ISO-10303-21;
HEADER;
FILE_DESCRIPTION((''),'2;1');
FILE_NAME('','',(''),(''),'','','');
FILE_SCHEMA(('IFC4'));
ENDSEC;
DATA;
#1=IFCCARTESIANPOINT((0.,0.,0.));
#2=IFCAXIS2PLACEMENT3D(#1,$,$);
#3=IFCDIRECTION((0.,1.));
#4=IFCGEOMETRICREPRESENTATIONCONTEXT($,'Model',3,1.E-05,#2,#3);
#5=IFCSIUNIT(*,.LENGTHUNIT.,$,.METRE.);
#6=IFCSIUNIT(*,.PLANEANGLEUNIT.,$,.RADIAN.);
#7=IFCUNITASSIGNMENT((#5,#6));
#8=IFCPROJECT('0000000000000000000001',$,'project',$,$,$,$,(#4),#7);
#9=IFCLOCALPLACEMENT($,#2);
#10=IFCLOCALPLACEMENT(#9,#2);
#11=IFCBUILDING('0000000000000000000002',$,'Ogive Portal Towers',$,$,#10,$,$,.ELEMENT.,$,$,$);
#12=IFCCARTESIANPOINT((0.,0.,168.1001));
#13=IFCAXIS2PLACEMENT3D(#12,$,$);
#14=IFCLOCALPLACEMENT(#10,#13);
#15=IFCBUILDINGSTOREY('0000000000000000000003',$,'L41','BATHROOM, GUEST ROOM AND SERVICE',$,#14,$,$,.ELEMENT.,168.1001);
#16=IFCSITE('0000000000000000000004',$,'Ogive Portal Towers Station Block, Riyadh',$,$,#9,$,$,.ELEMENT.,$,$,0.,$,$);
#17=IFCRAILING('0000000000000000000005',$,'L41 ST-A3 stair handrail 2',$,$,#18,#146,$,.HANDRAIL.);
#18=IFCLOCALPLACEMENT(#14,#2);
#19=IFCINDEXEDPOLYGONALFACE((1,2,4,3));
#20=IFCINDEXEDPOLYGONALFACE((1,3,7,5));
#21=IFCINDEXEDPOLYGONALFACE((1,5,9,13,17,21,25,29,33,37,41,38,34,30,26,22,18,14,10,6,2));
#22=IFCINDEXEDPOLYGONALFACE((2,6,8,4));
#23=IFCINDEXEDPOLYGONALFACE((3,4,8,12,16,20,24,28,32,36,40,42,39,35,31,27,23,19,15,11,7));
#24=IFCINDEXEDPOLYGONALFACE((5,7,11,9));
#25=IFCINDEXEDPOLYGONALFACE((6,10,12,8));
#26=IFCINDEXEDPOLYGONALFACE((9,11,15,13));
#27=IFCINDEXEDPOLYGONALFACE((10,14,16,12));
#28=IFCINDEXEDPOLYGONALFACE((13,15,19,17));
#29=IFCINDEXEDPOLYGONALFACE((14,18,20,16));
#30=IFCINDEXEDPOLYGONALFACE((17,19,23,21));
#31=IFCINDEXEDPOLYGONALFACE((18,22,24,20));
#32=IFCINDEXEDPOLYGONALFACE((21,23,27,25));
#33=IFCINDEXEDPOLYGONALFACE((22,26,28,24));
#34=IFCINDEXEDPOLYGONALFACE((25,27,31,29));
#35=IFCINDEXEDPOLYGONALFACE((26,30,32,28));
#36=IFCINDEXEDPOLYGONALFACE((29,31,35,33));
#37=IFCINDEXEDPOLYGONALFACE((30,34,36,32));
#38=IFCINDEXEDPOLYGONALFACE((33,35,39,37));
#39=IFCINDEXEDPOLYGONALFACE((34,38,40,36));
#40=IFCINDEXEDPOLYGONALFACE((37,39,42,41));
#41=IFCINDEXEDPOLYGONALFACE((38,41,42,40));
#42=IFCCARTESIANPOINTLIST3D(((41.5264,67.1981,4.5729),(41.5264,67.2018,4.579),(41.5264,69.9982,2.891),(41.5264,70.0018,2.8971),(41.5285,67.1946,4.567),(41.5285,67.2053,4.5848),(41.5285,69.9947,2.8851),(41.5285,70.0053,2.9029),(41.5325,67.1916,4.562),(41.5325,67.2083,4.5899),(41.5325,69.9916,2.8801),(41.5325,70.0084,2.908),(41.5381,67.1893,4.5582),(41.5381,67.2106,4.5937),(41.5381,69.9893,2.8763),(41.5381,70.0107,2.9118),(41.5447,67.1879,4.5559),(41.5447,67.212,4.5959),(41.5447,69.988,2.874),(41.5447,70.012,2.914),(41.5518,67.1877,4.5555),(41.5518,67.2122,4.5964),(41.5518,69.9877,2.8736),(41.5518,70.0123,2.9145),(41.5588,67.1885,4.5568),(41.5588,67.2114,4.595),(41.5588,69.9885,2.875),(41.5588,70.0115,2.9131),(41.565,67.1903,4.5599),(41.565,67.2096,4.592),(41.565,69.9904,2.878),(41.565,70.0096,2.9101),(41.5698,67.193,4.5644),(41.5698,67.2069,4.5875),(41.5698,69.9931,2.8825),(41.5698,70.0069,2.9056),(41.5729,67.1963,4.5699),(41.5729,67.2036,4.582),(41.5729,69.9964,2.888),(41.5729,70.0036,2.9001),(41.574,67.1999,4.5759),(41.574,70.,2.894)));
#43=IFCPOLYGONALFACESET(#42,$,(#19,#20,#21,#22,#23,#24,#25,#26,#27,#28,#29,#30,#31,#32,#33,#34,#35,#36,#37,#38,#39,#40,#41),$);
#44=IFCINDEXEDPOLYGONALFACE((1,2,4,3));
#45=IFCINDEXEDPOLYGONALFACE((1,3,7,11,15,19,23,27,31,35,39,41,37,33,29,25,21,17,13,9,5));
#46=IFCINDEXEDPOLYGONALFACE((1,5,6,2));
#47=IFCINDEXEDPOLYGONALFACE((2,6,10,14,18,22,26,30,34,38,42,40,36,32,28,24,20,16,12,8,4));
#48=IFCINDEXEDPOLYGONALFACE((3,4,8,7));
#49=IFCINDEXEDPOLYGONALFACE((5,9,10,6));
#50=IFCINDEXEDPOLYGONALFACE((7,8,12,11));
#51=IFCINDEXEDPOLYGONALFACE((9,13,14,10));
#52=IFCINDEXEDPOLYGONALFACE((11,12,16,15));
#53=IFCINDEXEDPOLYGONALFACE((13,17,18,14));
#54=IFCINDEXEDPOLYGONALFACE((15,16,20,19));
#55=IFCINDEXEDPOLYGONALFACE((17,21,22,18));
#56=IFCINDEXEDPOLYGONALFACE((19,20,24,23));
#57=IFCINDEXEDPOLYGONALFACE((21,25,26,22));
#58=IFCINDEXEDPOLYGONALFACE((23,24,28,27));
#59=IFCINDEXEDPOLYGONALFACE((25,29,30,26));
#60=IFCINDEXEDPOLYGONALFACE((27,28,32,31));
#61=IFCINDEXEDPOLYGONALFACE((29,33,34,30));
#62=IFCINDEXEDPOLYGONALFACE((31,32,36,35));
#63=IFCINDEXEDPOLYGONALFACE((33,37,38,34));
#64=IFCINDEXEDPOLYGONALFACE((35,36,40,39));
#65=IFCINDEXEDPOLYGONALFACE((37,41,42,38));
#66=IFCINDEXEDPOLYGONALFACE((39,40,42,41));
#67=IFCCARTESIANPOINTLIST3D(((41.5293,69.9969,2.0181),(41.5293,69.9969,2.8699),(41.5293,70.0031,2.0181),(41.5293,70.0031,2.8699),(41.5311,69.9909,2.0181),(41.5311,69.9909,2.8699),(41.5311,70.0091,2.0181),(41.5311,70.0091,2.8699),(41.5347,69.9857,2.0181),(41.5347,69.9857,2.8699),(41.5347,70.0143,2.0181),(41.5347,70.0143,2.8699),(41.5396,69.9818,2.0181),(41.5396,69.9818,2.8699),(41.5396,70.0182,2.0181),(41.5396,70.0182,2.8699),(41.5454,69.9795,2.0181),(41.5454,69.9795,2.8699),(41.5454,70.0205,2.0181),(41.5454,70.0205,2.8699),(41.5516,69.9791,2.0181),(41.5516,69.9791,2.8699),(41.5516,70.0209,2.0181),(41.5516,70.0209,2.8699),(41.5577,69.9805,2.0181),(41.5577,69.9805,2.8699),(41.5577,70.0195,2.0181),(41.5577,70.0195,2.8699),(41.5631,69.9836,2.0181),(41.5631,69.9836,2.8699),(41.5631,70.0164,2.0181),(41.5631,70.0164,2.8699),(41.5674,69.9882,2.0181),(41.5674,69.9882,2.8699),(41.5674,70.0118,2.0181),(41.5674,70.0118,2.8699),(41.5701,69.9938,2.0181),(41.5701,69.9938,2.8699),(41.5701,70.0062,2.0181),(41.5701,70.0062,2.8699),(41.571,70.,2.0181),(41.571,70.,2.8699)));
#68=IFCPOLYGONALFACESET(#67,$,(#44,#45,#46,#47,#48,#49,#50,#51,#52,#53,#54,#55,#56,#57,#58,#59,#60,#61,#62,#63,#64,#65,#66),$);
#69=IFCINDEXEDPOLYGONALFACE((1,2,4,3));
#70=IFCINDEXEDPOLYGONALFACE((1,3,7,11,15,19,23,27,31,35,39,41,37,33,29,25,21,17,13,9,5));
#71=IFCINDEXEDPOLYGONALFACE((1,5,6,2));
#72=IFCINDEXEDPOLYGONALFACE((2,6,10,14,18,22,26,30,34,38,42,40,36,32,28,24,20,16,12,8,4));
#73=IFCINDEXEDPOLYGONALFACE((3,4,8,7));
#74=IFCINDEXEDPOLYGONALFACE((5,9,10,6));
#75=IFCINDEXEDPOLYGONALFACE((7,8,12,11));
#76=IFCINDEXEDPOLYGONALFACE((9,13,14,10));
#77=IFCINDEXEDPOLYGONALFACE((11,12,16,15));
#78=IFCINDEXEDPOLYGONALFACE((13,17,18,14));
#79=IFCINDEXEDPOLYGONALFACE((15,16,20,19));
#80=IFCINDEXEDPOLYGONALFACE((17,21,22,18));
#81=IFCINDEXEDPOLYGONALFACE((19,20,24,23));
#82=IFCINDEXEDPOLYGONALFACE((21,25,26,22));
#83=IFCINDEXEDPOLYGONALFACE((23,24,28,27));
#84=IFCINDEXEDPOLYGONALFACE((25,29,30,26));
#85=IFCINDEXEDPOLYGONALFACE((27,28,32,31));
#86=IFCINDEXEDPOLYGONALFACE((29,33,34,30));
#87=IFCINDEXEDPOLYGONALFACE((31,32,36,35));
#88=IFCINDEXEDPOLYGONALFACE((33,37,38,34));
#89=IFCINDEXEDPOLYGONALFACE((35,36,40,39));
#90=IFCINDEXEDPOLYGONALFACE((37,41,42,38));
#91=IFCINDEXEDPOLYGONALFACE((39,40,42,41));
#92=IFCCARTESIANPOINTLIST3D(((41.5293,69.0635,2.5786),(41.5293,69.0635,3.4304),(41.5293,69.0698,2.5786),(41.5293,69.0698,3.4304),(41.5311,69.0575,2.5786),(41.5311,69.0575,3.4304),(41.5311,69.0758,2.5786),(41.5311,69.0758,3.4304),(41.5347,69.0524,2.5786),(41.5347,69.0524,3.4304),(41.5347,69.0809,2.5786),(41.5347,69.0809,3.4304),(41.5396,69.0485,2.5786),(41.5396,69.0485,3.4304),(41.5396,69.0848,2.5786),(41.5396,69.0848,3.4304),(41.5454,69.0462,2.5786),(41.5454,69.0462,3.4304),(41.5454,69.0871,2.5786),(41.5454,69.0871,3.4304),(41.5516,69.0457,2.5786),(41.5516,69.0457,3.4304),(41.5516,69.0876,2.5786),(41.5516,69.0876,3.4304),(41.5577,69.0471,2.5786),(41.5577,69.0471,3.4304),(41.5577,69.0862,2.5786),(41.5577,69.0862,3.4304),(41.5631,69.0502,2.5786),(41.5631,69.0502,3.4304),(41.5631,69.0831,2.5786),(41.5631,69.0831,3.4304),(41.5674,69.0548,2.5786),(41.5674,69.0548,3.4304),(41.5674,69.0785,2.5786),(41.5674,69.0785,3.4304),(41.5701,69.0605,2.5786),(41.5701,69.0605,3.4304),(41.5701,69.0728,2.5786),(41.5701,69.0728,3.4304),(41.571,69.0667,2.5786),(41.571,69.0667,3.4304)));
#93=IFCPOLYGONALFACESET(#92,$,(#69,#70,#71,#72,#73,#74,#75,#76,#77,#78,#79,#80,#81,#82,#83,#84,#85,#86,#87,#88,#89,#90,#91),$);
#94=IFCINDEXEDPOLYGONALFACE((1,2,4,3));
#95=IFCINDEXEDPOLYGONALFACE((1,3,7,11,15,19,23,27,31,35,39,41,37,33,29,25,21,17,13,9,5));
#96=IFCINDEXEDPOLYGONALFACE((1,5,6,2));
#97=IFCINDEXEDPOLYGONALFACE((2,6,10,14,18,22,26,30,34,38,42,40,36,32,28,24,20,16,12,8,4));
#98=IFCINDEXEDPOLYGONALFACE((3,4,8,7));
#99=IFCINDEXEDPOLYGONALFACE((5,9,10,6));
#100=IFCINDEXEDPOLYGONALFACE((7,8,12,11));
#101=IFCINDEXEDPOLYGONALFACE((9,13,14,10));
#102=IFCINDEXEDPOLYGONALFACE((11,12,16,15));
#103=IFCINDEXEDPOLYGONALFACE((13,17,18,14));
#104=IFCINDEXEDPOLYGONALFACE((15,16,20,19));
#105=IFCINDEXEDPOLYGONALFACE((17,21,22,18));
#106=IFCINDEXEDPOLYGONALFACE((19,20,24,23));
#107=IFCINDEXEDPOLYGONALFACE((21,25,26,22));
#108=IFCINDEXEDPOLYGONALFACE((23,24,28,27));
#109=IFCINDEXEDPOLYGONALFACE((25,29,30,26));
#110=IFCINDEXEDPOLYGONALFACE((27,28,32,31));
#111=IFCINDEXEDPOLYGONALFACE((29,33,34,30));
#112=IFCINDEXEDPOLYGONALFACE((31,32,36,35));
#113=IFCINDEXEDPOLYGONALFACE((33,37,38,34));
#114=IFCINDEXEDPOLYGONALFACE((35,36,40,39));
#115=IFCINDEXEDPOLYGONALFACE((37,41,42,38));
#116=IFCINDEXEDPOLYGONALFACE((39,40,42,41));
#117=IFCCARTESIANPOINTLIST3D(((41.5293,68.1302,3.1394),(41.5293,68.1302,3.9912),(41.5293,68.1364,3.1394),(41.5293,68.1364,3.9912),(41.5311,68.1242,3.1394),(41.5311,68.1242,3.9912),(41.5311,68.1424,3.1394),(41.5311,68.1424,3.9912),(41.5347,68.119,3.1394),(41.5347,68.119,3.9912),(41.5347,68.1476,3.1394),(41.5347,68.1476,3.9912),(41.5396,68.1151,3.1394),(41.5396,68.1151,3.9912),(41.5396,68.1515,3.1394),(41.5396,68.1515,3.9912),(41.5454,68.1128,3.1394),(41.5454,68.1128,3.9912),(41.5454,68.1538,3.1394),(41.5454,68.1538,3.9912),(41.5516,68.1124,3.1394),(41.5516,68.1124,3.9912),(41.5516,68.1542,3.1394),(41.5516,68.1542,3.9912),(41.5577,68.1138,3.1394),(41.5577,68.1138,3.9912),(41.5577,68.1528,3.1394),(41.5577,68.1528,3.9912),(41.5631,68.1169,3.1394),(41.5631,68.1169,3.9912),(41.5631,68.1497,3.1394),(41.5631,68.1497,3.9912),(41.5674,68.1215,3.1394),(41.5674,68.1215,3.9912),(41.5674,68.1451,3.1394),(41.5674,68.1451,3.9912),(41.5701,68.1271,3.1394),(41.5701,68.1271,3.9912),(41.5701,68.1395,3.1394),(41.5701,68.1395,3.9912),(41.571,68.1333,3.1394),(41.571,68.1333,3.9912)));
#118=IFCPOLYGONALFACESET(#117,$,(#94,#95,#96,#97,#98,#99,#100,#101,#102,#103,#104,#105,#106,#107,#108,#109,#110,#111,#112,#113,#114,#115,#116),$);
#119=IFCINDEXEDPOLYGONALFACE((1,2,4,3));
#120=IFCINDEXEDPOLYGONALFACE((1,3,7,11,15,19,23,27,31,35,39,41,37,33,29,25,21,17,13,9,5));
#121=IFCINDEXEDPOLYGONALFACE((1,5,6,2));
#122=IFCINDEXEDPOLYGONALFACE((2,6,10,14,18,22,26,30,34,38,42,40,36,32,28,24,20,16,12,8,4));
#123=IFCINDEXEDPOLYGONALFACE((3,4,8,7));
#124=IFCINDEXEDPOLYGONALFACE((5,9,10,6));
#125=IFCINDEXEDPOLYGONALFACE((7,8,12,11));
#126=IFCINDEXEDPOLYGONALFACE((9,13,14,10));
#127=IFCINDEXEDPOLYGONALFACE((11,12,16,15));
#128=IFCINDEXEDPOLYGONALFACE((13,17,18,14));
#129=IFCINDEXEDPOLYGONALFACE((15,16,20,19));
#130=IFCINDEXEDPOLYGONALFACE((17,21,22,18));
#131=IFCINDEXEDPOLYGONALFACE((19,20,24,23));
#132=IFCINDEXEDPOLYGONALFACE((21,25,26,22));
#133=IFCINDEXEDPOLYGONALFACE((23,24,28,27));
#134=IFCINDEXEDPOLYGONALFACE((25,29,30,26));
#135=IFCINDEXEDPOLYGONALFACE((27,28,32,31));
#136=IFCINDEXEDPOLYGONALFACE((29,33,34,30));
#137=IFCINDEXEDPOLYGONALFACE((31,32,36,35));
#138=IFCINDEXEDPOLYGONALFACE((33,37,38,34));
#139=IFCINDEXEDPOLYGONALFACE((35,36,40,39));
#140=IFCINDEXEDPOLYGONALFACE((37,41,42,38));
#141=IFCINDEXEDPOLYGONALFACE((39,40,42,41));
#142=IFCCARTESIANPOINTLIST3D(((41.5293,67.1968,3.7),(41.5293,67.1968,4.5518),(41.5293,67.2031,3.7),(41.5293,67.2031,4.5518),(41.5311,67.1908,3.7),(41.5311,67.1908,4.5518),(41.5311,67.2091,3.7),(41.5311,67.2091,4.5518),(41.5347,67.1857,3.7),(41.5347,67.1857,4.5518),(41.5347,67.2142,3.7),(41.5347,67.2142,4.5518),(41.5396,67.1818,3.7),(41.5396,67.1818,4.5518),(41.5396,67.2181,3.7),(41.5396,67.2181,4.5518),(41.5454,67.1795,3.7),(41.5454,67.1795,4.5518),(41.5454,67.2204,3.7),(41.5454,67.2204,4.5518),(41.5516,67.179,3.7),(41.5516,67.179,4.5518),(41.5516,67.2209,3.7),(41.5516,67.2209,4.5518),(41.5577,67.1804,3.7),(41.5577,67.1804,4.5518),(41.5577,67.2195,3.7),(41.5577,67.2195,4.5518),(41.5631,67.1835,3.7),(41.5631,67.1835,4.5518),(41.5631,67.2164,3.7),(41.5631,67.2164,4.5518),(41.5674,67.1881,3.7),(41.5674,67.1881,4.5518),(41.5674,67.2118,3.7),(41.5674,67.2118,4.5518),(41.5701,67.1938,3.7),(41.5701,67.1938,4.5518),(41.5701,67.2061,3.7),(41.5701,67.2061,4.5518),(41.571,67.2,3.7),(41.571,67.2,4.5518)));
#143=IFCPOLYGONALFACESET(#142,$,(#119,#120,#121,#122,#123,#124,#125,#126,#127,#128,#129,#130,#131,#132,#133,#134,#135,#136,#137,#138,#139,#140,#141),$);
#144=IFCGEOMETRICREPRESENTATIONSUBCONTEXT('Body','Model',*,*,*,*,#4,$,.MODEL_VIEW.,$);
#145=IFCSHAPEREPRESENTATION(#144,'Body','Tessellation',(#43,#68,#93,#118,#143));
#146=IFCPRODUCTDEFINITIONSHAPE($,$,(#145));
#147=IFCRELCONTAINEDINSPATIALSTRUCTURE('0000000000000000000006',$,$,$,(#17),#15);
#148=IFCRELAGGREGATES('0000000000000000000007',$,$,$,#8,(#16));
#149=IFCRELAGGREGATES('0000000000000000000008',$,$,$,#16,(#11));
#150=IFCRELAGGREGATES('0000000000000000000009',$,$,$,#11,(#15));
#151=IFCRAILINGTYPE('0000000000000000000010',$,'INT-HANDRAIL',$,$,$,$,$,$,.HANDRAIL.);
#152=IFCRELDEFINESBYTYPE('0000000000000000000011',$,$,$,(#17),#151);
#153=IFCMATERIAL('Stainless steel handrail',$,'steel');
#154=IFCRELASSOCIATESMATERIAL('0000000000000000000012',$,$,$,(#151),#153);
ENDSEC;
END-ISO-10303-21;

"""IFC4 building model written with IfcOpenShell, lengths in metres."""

from ifc_helpers import new_model, si_unit, direction, frame, origin, origin_2d, place, context, subcontext, project, spatial, circle, extrude, material, type_object, element, save


model = new_model("IFC4")

# Units and contexts
model_context = context("Model", 3, precision=1e-05, world=origin(), true_north=direction((0.0, 1.0)))
body_context = subcontext(model_context, "Body", "Model", "MODEL_VIEW")
ifc_project = project(units=[si_unit("LENGTHUNIT", "METRE"), si_unit("PLANEANGLEUNIT", "RADIAN")], contexts=[model_context])

# Site, building, storey
site_placement = place(None, origin())
site = spatial("IfcSite", under=ifc_project, at=site_placement, Name="Ogive Portal Towers Station Block, Riyadh", CompositionType="ELEMENT", RefElevation=0.0)
building_placement = place(site_placement, origin())
building = spatial("IfcBuilding", under=site, at=building_placement, Name="Ogive Portal Towers", CompositionType="ELEMENT")
storey_placement = place(building_placement, frame((0.0, 0.0, 168.1001)))
storey = spatial("IfcBuildingStorey", under=building, at=storey_placement, Name="L41", Description="BATHROOM, GUEST ROOM AND SERVICE", CompositionType="ELEMENT", Elevation=168.1001)

# Railing
ifc_material_1 = material(Name="Stainless steel handrail", Category="steel")
railing_type_1 = type_object("IfcRailingType", Name="INT-HANDRAIL", PredefinedType="HANDRAIL", material=ifc_material_1)
railing_1_placement = place(storey_placement, frame((41.55, 70.0, 2.0181)))
element("IfcRailing", 1, at=railing_1_placement, inside=storey, type_object=railing_type_1, Name="L41 ST-A3 stair handrail 2", PredefinedType="HANDRAIL", context=body_context, shape_type="SweptSolid", body=[
    extrude(circle(Radius=0.0239, at=origin_2d()), frame((0.0, 0.0, 0.876), z_axis=(0.0, -0.857242, 0.514913), x_axis=(1.0, 0.0, 0.0)), (0.0, 0.0, 1.0), 3.2664),
    extrude(circle(Radius=0.021, at=origin_2d()), origin(), (0.0, 0.0, 1.0), 0.8518),
    extrude(circle(Radius=0.021, at=origin_2d()), frame((0.0, -0.9333, 0.5605)), (0.0, 0.0, 1.0), 0.8518),
    extrude(circle(Radius=0.021, at=origin_2d()), frame((0.0, -1.8667, 1.1213)), (0.0, 0.0, 1.0), 0.8518),
    extrude(circle(Radius=0.021, at=origin_2d()), frame((0.0, -2.8, 1.6819)), (0.0, 0.0, 1.0), 0.8518),
])

save(model, "model.ifc")
